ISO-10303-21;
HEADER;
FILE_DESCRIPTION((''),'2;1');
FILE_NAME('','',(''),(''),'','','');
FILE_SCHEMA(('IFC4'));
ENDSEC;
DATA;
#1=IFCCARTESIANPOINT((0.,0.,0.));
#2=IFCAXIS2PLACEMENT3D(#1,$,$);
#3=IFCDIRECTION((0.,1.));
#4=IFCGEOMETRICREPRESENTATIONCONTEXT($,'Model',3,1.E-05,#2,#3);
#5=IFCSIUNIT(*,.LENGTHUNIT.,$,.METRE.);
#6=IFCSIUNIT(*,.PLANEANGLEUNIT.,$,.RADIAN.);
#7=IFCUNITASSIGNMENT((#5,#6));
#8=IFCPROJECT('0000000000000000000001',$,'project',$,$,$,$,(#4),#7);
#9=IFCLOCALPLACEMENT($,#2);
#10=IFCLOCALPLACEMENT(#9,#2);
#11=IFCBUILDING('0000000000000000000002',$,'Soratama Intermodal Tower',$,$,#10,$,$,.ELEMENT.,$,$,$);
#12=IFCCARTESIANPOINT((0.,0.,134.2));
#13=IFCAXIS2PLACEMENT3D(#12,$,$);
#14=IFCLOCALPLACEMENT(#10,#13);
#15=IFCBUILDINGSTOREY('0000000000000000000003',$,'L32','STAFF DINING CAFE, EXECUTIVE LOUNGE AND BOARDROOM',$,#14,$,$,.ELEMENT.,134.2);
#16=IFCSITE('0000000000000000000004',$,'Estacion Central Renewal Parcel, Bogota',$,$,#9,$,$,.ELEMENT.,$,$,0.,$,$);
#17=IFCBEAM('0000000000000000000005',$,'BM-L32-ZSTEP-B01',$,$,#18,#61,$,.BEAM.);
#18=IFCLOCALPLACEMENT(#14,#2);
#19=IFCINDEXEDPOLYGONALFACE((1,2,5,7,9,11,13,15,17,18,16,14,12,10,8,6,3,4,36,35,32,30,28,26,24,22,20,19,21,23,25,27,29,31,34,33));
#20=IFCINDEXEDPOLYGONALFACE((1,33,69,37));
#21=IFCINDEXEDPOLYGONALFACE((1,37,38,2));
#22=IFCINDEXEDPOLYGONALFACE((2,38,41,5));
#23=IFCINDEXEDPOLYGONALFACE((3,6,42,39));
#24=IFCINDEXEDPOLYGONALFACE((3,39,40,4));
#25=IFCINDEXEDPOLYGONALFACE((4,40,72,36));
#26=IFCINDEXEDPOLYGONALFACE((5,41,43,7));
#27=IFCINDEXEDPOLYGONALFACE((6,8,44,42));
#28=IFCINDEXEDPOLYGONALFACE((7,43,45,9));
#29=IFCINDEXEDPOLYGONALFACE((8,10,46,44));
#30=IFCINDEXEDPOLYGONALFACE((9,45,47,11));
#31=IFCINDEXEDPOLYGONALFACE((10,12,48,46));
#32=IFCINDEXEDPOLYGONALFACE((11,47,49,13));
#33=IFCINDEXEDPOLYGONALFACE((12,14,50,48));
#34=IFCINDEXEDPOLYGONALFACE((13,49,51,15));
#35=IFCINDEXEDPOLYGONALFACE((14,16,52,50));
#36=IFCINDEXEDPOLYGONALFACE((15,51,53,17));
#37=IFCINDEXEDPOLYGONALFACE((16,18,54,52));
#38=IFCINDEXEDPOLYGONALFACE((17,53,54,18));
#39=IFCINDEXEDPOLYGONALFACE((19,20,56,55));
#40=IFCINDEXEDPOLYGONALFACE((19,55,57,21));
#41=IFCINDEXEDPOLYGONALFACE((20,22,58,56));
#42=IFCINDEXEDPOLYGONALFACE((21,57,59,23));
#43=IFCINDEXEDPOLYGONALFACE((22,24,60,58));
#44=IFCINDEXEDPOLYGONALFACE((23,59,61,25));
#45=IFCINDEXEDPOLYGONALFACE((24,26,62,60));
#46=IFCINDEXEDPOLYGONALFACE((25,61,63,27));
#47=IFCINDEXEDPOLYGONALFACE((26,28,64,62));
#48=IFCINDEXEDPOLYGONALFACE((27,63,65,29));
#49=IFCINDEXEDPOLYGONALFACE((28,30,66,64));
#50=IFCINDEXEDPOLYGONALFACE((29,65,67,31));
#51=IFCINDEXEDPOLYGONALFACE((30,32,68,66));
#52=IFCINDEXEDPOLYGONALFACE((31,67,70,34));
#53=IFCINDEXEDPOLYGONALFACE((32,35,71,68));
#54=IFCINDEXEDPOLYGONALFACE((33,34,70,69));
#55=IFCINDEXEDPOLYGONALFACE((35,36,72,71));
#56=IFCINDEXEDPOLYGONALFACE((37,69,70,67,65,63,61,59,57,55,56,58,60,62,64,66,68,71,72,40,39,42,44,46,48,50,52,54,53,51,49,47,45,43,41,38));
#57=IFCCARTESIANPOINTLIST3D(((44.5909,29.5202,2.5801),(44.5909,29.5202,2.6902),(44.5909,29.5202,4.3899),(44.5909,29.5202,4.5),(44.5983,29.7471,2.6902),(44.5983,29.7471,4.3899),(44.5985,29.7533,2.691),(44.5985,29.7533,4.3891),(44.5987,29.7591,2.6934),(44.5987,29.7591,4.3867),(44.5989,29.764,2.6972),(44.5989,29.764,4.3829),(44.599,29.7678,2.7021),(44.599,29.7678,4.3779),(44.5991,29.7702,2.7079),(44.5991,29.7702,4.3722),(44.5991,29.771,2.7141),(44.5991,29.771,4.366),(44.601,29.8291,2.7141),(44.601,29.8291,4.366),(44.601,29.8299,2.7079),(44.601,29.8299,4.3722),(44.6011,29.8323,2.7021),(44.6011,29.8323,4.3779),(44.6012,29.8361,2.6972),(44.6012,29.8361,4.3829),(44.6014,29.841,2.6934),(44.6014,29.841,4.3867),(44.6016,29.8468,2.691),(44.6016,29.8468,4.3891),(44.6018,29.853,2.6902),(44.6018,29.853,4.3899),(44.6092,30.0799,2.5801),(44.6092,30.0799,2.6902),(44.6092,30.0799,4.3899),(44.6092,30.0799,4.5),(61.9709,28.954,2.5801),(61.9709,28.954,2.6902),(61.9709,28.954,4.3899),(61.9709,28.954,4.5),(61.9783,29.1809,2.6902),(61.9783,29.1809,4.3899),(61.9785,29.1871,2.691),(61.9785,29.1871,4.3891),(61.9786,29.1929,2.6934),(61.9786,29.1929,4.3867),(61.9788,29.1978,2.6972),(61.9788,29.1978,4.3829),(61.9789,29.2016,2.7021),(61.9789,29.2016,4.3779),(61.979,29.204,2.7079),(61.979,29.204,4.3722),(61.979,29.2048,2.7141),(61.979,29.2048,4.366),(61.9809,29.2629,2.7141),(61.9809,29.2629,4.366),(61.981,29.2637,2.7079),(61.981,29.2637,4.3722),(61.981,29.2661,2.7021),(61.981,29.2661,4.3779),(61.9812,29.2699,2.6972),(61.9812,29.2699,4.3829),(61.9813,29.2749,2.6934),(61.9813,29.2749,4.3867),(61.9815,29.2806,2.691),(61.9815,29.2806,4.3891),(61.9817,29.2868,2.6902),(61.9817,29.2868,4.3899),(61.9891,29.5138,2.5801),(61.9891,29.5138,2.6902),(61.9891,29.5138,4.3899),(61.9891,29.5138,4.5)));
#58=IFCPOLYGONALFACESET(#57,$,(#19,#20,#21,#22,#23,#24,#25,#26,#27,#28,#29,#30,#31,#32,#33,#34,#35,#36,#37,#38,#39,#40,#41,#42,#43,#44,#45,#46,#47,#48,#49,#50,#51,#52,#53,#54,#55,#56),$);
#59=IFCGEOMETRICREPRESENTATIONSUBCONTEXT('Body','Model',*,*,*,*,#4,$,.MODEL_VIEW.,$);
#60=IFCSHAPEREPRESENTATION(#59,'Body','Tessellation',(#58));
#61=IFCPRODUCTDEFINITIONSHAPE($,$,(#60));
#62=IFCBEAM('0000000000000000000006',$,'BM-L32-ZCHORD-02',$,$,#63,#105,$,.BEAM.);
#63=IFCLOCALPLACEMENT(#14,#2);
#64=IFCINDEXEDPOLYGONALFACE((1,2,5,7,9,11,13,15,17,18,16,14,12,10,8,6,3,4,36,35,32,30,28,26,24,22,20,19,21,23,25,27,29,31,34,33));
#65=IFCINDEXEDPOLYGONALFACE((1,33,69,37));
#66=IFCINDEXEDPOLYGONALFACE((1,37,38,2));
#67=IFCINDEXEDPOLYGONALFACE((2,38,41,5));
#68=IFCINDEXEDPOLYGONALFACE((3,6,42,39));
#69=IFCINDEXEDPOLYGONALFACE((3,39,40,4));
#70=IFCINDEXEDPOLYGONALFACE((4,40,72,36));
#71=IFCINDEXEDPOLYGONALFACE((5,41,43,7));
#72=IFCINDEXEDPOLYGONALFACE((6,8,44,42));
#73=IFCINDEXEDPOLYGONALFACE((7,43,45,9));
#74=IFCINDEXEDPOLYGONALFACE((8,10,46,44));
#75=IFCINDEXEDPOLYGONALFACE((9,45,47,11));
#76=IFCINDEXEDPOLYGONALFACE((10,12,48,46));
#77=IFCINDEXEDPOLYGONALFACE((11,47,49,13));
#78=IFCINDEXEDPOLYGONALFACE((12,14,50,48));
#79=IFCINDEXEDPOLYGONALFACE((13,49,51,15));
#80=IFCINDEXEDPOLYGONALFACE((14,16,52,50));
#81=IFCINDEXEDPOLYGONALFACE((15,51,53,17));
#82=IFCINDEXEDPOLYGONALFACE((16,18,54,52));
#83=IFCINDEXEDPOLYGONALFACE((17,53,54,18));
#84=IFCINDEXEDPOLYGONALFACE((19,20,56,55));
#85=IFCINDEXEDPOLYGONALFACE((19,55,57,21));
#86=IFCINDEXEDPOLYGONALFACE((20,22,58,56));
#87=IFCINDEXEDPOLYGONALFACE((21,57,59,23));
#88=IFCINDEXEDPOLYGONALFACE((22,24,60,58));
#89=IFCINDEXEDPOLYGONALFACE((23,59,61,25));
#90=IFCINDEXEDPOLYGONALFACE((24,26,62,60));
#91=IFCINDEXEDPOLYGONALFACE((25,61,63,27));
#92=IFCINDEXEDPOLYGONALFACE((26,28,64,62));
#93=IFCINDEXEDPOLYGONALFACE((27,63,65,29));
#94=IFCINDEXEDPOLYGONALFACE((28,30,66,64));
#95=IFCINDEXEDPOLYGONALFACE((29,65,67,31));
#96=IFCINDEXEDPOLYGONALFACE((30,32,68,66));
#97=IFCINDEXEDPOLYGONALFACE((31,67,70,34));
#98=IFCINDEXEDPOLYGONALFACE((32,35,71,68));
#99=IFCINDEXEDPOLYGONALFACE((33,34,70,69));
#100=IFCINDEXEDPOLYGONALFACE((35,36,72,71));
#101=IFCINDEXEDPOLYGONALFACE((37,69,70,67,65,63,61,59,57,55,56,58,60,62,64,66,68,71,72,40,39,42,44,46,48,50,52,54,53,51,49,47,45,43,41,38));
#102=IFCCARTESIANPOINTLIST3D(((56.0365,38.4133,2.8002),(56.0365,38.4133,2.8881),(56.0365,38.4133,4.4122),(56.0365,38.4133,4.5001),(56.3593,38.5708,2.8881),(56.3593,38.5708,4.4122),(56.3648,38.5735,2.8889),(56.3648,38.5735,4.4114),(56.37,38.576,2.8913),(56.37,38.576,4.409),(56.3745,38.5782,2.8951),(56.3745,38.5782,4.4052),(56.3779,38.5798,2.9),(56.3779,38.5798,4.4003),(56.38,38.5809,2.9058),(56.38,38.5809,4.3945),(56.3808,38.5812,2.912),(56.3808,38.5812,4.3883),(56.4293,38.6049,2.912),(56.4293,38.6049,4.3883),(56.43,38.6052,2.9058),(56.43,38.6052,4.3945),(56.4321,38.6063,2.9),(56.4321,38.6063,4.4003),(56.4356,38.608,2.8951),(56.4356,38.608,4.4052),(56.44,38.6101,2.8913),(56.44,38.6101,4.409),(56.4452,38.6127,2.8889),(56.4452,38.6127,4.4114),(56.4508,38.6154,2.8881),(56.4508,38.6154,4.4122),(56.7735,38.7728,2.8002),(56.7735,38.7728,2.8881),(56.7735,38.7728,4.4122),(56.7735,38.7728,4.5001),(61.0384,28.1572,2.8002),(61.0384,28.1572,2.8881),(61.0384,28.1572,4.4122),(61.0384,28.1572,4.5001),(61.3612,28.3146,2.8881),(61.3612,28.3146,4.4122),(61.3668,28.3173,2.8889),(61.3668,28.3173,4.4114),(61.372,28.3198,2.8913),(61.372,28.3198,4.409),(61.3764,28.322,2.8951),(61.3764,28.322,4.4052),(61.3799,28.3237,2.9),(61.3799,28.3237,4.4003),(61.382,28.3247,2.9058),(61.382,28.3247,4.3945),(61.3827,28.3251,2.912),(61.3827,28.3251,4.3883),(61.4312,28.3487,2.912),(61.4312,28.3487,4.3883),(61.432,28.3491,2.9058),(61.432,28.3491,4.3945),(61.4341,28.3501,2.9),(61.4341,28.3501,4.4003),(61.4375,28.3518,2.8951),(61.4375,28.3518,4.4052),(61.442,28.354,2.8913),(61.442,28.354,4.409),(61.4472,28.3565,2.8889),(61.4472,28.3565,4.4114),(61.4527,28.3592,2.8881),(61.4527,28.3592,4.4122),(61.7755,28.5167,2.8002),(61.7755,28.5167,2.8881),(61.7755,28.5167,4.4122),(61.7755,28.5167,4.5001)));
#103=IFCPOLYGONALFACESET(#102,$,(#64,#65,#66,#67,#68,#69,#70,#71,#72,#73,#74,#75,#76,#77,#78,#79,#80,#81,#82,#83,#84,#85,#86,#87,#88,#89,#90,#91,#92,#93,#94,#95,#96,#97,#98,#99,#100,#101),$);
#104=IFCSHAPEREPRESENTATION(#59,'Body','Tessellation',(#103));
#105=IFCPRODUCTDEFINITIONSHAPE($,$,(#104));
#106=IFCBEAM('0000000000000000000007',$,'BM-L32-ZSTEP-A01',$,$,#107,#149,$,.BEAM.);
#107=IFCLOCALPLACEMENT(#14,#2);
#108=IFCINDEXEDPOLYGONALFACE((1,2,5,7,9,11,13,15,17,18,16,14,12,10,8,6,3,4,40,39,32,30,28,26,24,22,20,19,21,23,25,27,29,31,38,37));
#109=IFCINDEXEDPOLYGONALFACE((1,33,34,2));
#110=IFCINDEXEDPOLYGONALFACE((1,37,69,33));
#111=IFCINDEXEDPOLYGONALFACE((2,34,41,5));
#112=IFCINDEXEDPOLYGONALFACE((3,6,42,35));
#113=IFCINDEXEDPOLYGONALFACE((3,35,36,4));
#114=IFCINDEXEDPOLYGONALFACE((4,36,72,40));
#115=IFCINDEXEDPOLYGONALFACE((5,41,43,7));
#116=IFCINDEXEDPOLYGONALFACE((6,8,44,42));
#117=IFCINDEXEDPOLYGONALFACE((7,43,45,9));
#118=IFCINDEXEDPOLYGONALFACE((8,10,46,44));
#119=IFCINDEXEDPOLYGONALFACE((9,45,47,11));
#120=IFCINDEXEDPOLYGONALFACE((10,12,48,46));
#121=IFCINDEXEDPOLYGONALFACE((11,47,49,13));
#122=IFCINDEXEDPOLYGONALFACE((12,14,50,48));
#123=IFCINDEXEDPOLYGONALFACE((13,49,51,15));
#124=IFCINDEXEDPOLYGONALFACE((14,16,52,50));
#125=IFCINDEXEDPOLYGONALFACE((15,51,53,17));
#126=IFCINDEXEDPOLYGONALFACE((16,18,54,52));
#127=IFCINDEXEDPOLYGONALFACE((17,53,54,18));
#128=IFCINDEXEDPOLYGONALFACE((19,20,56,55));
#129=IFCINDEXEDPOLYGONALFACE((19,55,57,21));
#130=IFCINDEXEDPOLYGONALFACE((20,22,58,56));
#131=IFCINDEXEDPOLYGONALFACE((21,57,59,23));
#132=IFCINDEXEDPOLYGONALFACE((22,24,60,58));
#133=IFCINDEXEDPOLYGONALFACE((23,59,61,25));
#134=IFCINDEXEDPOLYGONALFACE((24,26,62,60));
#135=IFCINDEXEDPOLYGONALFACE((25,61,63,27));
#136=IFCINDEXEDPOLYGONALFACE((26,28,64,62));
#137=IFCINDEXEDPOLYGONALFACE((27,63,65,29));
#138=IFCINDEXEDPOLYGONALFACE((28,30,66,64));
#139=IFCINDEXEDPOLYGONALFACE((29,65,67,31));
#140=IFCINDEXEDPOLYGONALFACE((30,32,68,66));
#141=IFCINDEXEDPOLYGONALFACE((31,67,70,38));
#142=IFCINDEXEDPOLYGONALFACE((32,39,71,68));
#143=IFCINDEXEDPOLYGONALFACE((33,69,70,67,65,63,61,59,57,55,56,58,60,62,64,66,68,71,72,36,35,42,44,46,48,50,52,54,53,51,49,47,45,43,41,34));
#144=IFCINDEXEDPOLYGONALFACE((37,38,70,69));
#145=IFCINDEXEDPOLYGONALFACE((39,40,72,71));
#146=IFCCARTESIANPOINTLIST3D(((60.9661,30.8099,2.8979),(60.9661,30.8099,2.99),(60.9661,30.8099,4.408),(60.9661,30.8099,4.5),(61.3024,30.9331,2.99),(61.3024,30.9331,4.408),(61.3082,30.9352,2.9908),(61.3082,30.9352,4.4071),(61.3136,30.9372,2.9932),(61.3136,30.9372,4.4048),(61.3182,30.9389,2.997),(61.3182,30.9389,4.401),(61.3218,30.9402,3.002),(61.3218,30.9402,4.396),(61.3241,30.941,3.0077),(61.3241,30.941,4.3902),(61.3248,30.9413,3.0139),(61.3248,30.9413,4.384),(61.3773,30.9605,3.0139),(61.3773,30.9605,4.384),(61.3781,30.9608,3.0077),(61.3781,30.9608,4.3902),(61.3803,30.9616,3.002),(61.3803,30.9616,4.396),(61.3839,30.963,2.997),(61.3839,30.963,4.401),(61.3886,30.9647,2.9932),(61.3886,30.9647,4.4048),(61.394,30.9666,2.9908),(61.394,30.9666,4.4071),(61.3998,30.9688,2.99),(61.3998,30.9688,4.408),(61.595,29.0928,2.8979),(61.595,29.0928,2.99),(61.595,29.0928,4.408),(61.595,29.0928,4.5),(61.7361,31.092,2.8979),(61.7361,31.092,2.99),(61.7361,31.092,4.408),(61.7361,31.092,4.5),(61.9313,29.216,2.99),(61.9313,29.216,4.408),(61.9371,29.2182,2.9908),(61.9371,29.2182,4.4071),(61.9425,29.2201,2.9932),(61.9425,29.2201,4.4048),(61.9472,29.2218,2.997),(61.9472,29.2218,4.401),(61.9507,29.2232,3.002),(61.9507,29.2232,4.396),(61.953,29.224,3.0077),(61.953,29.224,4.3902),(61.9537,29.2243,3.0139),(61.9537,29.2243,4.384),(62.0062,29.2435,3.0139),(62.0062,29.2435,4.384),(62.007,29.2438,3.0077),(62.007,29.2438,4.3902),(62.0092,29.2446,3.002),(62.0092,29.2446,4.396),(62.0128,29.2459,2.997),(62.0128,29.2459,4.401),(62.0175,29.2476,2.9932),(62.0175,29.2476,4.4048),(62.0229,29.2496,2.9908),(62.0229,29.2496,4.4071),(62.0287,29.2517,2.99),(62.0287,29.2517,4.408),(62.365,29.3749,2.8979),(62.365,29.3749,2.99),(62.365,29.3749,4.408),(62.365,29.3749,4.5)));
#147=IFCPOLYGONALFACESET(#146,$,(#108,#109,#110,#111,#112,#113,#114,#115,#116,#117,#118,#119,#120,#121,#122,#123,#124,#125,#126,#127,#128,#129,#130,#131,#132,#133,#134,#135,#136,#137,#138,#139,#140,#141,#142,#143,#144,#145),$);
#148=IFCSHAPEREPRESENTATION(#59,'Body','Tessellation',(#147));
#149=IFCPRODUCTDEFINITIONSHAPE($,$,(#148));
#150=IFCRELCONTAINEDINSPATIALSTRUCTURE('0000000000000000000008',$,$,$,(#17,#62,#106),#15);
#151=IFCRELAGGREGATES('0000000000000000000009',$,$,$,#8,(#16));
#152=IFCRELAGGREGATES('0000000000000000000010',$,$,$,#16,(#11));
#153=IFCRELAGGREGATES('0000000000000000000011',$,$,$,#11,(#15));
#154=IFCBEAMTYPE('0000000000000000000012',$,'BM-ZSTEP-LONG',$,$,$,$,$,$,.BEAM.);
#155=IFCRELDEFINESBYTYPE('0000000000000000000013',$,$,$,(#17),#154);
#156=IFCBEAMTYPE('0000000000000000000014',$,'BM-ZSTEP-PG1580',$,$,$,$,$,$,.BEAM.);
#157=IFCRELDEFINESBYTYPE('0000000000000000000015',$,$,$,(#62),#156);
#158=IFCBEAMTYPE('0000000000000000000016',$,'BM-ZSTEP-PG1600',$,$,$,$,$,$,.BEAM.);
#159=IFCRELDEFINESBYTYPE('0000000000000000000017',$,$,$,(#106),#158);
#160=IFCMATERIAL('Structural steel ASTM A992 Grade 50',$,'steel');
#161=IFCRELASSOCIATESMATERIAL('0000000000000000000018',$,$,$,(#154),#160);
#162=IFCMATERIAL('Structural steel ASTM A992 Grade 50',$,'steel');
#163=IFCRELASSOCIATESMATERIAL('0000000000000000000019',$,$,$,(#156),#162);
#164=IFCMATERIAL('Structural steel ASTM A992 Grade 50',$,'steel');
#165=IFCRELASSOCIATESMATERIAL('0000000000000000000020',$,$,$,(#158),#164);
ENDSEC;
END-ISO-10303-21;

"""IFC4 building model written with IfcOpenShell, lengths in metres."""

from ifc_helpers import new_model, si_unit, direction, frame, origin, origin_2d, place, context, subcontext, project, spatial, i_section, extrude, material, material_profile, profile_set, type_object, element, save


model = new_model("IFC4")

# Units and contexts
model_context = context("Model", 3, precision=1e-05, world=origin(), true_north=direction((0.0, 1.0)))
body_context = subcontext(model_context, "Body", "Model", "MODEL_VIEW")
ifc_project = project(units=[si_unit("LENGTHUNIT", "METRE"), si_unit("PLANEANGLEUNIT", "RADIAN")], contexts=[model_context])

# Site, building, storey
site_placement = place(None, origin())
site = spatial("IfcSite", under=ifc_project, at=site_placement, Name="Estacion Central Renewal Parcel, Bogota", CompositionType="ELEMENT", RefElevation=0.0)
building_placement = place(site_placement, origin())
building = spatial("IfcBuilding", under=site, at=building_placement, Name="Soratama Intermodal Tower", CompositionType="ELEMENT")
storey_placement = place(building_placement, frame((0.0, 0.0, 134.2)))
storey = spatial("IfcBuildingStorey", under=building, at=storey_placement, Name="L32", Description="STAFF DINING CAFE, EXECUTIVE LOUNGE AND BOARDROOM", CompositionType="ELEMENT", Elevation=134.2)

# Beams
ifc_material_1 = material(Name="Structural steel ASTM A992 Grade 50", Category="steel")
ifc_material_profile_1 = material_profile(ifc_material_1, i_section(OverallWidth=0.5601, OverallDepth=1.9199, WebThickness=0.0581, FlangeThickness=0.1101, FilletRadius=0.0239, at=origin_2d()), Name="PG2150X720")
ifc_profile_set_1 = profile_set([ifc_material_profile_1], Name="Structural steel ASTM A992 Grade 50")
beam_type_1 = type_object("IfcBeamType", Name="BM-ZSTEP-LONG", PredefinedType="BEAM", material=ifc_profile_set_1)
beam_1_placement = place(storey_placement, frame((61.98, 29.2339, 3.54), z_axis=(-0.99947, 0.032558, 0.0), x_axis=(-0.032558, -0.99947, 0.0)))
element("IfcBeam", 1, at=beam_1_placement, inside=storey, type_object=beam_type_1, Name="BM-L32-ZSTEP-B01", PredefinedType="BEAM", context=body_context, shape_type="SweptSolid", body=[
    extrude(i_section(OverallWidth=0.5601, OverallDepth=1.9199, WebThickness=0.0581, FlangeThickness=0.1101, FilletRadius=0.0239, at=origin_2d()), origin(), (0.0, 0.0, 1.0), 17.3892),
])
ifc_material_2 = material(Name="Structural steel ASTM A992 Grade 50", Category="steel")
ifc_material_profile_2 = material_profile(ifc_material_2, i_section(OverallWidth=0.8201, OverallDepth=1.7, WebThickness=0.054, FlangeThickness=0.0879, FilletRadius=0.0239, at=origin_2d()), Name="PG1580X800")
ifc_profile_set_2 = profile_set([ifc_material_profile_2], Name="Structural steel ASTM A992 Grade 50")
beam_type_2 = type_object("IfcBeamType", Name="BM-ZSTEP-PG1580", PredefinedType="BEAM", material=ifc_profile_set_2)
beam_2_placement = place(storey_placement, frame((61.407, 28.3369, 3.6501), z_axis=(-0.438351, 0.898804, 0.0), x_axis=(-0.898804, -0.438351, 0.0)))
element("IfcBeam", 2, at=beam_2_placement, inside=storey, type_object=beam_type_2, Name="BM-L32-ZCHORD-02", PredefinedType="BEAM", context=body_context, shape_type="SweptSolid", body=[
    extrude(i_section(OverallWidth=0.8201, OverallDepth=1.7, WebThickness=0.054, FlangeThickness=0.0879, FilletRadius=0.0239, at=origin_2d()), origin(), (0.0, 0.0, 1.0), 11.4109),
])
ifc_material_3 = material(Name="Structural steel ASTM A992 Grade 50", Category="steel")
ifc_material_profile_3 = material_profile(ifc_material_3, i_section(OverallWidth=0.8201, OverallDepth=1.6021, WebThickness=0.0559, FlangeThickness=0.092, FilletRadius=0.0239, at=origin_2d()), Name="PG1600X650")
ifc_profile_set_3 = profile_set([ifc_material_profile_3], Name="Structural steel ASTM A992 Grade 50")
beam_type_3 = type_object("IfcBeamType", Name="BM-ZSTEP-PG1600", PredefinedType="BEAM", material=ifc_profile_set_3)
beam_3_placement = place(storey_placement, frame((61.3511, 30.9509, 3.699), z_axis=(0.343929, -0.938996, 0.0), x_axis=(0.938996, 0.343929, 0.0)))
element("IfcBeam", 3, at=beam_3_placement, inside=storey, type_object=beam_type_3, Name="BM-L32-ZSTEP-A01", PredefinedType="BEAM", context=body_context, shape_type="SweptSolid", body=[
    extrude(i_section(OverallWidth=0.8201, OverallDepth=1.6021, WebThickness=0.0559, FlangeThickness=0.092, FilletRadius=0.0239, at=origin_2d()), origin(), (0.0, 0.0, 1.0), 1.8286),
])

save(model, "model.ifc")
